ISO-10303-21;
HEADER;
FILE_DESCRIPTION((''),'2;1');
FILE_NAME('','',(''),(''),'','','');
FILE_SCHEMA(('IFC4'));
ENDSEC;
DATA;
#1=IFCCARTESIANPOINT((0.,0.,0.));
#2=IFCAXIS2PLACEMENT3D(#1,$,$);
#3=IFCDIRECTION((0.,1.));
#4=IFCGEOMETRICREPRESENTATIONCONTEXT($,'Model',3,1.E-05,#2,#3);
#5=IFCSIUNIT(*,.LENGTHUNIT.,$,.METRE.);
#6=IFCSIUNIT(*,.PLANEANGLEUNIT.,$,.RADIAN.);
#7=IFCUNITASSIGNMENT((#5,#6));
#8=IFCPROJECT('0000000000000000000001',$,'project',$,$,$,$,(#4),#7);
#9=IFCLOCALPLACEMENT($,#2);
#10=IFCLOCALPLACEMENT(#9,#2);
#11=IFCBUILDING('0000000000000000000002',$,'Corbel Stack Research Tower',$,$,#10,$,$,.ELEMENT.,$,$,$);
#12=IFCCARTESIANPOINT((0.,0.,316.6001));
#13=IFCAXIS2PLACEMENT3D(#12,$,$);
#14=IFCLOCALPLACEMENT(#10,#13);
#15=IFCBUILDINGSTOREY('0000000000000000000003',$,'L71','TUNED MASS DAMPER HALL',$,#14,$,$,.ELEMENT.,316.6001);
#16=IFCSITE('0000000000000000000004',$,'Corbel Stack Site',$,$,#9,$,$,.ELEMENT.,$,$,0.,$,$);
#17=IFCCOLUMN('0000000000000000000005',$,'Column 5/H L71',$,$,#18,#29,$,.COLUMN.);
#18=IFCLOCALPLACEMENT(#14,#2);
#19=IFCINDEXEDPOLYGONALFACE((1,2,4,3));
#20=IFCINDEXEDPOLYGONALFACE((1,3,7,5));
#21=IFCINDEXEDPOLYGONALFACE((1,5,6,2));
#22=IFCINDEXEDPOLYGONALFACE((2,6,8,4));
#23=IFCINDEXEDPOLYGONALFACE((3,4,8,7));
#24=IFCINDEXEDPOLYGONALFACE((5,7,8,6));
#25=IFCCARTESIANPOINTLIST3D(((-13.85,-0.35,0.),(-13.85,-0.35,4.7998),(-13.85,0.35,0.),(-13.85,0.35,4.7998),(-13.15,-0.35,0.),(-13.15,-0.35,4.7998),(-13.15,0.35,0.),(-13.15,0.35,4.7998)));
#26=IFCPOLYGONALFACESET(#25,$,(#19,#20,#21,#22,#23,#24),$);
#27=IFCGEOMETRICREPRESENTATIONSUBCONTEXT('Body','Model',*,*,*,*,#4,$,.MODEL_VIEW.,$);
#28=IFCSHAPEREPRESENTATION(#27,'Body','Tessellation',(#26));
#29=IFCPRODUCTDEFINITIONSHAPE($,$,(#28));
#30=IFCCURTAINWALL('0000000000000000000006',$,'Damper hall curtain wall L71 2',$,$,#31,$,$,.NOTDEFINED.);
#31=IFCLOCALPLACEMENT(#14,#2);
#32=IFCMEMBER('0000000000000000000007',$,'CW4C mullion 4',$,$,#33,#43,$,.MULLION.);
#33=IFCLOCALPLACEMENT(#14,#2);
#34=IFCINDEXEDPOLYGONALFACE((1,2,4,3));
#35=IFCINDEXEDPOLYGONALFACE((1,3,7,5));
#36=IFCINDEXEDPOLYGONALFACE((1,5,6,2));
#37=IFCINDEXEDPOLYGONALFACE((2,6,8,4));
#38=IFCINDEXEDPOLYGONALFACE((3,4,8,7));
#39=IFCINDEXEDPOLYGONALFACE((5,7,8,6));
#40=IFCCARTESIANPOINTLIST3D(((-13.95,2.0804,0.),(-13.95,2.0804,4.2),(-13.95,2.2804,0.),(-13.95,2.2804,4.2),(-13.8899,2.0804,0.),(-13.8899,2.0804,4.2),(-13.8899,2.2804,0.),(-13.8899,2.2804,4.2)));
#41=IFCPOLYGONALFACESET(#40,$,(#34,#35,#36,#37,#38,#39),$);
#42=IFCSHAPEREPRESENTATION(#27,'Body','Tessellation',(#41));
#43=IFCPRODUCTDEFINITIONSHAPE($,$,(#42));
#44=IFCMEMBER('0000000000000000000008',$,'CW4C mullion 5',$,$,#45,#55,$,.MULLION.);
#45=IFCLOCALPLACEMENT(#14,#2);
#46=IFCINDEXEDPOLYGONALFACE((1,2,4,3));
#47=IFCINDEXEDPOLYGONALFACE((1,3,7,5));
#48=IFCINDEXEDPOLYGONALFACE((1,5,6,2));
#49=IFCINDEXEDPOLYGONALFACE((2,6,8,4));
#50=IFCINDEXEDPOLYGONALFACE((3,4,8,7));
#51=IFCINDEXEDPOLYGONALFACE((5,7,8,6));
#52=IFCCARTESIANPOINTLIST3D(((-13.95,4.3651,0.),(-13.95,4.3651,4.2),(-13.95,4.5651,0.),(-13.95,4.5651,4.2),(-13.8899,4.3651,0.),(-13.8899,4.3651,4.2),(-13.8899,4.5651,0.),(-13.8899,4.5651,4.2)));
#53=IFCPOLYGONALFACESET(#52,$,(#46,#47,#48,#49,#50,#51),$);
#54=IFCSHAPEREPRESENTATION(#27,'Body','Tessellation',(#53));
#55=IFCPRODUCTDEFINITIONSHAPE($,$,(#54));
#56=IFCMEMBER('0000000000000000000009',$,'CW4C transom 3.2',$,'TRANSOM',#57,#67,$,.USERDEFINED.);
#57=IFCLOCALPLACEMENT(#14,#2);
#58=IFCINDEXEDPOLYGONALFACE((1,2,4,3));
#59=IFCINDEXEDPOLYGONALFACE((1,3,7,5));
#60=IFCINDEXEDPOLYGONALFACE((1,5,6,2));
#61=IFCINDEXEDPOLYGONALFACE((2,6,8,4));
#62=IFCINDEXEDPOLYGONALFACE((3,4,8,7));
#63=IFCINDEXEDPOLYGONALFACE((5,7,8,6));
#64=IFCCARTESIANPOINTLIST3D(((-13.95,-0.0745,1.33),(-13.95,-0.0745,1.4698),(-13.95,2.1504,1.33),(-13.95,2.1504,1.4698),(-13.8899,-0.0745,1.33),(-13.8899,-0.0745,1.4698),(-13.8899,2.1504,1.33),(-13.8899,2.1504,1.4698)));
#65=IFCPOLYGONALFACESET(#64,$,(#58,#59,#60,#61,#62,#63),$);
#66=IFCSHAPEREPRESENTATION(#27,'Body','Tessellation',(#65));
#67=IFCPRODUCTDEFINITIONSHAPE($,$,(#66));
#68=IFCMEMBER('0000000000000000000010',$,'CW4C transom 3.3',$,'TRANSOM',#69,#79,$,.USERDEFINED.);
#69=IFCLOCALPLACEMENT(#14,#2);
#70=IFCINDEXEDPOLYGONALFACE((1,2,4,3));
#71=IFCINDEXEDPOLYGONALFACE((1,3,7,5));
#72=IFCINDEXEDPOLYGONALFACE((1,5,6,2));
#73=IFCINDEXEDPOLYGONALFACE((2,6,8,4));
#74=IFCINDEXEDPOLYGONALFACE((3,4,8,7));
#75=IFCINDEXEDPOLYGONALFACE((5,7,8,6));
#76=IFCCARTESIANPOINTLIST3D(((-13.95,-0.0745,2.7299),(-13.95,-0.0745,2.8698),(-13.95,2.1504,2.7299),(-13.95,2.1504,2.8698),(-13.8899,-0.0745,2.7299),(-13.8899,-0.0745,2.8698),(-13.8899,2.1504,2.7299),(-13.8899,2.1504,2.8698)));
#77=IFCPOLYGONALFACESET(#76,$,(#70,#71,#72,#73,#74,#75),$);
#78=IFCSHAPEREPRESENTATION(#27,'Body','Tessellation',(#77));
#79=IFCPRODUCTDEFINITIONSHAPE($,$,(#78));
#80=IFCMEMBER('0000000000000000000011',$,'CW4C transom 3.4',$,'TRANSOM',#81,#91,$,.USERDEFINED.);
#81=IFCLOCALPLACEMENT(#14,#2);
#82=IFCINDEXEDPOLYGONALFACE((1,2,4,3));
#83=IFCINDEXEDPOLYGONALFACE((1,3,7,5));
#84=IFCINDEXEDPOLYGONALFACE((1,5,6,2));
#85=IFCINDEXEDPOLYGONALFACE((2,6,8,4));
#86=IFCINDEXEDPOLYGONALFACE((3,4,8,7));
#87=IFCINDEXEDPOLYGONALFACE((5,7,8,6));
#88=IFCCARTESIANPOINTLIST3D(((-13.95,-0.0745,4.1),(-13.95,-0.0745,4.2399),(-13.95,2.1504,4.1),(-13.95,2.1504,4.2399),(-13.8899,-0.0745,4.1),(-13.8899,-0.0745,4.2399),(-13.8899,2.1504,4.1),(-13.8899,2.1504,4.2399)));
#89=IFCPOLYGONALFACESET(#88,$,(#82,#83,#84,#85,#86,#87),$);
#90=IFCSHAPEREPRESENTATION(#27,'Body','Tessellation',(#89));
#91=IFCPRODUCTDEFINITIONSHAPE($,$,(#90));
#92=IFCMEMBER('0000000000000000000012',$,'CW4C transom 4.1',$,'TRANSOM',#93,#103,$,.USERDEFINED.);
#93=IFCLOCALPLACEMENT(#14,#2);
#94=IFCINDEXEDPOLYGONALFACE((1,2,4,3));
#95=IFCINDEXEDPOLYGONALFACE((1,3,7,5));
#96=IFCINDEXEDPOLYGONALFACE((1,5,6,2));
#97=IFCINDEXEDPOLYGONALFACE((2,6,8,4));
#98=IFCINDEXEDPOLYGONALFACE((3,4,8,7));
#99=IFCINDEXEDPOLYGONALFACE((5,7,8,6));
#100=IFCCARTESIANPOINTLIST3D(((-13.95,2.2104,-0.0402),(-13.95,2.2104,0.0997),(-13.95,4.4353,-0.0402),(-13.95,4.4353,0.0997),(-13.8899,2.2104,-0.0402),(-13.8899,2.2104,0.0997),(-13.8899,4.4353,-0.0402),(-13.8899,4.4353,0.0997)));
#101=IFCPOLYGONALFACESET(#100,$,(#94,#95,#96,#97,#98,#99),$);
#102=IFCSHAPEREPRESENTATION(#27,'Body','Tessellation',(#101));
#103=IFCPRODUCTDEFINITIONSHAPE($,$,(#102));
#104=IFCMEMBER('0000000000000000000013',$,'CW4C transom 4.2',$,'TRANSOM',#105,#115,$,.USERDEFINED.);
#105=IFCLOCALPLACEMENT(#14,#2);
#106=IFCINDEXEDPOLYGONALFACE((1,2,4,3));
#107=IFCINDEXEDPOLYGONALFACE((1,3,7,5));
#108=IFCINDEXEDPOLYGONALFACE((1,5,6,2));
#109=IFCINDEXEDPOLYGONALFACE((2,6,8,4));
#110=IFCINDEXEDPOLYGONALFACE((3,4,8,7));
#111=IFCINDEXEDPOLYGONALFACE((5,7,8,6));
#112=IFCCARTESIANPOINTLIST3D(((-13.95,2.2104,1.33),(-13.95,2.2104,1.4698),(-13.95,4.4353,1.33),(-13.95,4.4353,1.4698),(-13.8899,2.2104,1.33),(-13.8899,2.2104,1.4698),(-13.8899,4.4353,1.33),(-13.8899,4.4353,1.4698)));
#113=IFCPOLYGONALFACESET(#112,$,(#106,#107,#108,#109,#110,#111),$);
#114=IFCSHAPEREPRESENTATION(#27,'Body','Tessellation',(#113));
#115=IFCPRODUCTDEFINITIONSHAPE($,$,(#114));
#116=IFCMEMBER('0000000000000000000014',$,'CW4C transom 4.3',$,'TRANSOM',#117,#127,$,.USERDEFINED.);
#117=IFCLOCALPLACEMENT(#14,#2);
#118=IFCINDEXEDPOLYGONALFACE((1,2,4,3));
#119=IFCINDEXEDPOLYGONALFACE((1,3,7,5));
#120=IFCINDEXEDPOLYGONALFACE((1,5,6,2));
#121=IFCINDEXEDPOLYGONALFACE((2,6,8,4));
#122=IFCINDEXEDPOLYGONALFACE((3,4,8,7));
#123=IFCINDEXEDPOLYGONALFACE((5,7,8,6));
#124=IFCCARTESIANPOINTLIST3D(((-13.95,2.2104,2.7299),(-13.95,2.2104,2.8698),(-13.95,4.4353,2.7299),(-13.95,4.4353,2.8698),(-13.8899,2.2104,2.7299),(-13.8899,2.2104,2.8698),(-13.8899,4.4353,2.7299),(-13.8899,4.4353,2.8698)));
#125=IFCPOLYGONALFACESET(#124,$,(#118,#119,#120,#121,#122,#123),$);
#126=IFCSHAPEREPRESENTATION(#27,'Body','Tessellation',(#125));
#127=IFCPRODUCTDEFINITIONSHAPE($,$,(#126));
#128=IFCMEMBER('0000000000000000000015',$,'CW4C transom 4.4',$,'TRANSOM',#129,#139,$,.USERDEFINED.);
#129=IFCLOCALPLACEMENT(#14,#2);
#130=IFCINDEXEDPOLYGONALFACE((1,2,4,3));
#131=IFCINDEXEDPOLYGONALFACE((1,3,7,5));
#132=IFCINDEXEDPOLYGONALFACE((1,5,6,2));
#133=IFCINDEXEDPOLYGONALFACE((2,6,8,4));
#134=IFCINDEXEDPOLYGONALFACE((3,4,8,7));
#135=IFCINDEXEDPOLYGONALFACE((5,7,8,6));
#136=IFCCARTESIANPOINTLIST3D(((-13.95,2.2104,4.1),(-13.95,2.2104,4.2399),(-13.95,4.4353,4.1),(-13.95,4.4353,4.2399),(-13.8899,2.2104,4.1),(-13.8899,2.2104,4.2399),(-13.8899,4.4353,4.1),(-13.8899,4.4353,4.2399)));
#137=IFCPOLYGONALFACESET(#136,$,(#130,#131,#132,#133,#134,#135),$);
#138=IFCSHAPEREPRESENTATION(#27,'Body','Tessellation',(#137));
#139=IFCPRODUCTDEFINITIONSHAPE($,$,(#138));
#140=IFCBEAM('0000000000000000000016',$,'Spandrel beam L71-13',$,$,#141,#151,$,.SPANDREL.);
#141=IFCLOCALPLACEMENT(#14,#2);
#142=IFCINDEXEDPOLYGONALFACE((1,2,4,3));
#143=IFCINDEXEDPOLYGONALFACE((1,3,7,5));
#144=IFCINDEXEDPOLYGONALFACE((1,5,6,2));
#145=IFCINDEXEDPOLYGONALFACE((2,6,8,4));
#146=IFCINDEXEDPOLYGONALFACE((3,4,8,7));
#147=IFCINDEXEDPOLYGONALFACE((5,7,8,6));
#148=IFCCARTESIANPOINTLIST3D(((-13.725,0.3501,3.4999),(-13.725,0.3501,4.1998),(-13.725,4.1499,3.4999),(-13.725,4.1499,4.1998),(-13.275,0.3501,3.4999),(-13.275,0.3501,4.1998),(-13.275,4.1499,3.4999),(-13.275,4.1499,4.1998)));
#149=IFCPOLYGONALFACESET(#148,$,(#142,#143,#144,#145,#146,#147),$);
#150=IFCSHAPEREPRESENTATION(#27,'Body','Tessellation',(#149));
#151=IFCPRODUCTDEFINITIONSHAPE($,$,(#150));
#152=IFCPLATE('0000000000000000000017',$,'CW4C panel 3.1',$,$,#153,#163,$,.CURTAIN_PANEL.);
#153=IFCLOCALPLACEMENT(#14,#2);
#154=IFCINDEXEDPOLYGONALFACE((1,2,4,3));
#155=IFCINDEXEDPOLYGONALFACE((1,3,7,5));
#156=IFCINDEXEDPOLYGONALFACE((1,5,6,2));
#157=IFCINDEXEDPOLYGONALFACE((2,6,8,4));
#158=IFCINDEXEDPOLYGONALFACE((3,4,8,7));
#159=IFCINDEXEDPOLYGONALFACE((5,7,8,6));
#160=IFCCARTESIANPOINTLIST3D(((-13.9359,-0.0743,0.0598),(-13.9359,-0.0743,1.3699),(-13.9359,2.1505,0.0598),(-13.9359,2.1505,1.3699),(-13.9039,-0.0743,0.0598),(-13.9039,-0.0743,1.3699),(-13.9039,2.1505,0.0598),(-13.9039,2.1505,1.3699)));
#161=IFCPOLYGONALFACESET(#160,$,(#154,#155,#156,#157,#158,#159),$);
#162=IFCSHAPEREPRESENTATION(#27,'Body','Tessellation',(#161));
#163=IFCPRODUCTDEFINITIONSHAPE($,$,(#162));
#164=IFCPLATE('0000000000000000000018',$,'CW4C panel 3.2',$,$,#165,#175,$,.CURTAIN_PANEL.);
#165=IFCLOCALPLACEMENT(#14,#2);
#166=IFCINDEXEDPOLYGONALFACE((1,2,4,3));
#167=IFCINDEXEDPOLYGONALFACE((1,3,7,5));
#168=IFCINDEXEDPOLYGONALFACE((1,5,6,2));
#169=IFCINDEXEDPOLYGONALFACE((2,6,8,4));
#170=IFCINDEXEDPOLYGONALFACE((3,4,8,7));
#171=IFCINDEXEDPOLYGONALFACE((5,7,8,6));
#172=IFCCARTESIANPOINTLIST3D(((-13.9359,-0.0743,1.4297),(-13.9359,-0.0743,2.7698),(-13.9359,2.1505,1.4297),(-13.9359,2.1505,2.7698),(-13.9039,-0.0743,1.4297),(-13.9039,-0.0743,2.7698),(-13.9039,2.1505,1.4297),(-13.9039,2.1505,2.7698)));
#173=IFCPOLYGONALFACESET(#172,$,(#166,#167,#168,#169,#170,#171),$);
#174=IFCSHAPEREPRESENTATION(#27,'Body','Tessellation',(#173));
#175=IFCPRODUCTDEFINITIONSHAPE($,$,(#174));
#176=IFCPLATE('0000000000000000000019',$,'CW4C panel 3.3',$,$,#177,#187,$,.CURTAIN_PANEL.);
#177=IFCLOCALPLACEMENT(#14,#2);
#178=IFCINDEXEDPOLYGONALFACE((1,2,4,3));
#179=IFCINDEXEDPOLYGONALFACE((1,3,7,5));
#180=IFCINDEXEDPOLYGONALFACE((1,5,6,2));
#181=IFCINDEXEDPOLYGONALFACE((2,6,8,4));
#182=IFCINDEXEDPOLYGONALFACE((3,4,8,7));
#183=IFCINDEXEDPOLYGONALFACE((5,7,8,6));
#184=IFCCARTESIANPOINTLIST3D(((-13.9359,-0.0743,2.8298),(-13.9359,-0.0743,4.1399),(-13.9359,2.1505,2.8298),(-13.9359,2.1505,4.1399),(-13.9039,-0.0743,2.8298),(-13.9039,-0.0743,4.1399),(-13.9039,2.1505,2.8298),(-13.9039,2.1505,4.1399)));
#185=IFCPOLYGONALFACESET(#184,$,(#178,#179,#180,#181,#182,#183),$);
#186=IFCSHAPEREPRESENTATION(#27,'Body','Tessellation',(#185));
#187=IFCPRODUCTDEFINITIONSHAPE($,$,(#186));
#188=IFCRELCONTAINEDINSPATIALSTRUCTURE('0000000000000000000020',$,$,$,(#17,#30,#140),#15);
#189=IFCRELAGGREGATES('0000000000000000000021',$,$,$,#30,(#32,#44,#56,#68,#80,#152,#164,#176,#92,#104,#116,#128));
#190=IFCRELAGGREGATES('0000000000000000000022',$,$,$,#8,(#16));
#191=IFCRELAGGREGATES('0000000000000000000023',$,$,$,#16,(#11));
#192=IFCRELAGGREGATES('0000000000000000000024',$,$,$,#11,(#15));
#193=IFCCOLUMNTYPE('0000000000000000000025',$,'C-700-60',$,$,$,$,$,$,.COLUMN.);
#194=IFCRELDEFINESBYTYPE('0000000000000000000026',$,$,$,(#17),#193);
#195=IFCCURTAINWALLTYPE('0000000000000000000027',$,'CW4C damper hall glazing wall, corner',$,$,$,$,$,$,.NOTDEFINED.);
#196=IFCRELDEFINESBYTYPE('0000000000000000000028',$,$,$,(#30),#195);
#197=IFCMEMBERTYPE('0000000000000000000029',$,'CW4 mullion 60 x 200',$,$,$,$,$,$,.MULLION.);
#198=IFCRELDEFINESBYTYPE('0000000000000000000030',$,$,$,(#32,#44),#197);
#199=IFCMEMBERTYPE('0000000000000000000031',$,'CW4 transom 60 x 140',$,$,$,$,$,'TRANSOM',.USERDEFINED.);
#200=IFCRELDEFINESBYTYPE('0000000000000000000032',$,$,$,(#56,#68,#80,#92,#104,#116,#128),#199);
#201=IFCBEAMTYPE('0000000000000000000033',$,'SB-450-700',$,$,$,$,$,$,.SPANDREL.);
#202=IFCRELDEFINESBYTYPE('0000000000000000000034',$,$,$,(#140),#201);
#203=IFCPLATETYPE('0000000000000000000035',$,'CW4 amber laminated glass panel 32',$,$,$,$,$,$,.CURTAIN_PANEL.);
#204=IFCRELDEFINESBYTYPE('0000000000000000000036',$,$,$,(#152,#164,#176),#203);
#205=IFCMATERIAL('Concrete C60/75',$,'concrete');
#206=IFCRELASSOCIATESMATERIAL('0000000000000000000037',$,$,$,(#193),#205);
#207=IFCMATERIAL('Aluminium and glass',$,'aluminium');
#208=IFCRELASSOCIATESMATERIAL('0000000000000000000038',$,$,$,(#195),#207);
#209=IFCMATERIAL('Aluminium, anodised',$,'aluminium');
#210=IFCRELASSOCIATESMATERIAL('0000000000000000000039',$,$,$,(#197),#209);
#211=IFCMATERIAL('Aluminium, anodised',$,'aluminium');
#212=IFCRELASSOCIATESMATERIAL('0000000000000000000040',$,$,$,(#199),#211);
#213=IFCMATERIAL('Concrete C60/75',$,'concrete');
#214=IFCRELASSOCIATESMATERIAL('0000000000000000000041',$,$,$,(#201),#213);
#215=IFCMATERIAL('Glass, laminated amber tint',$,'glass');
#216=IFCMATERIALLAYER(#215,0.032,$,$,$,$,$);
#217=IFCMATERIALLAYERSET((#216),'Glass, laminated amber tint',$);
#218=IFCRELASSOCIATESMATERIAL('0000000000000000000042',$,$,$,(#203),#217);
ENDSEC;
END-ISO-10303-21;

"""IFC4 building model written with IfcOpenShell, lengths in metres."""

from ifc_helpers import new_model, si_unit, direction, frame, origin, origin_2d, place, context, subcontext, project, spatial, rectangle, extrude, material, layer, layer_set, material_profile, profile_set, type_object, element, aggregate, save


model = new_model("IFC4")

# Units and contexts
model_context = context("Model", 3, precision=1e-05, world=origin(), true_north=direction((0.0, 1.0)))
body_context = subcontext(model_context, "Body", "Model", "MODEL_VIEW")
ifc_project = project(units=[si_unit("LENGTHUNIT", "METRE"), si_unit("PLANEANGLEUNIT", "RADIAN")], contexts=[model_context])

# Site, building, storey
site_placement = place(None, origin())
site = spatial("IfcSite", under=ifc_project, at=site_placement, Name="Corbel Stack Site", CompositionType="ELEMENT", RefElevation=0.0)
building_placement = place(site_placement, origin())
building = spatial("IfcBuilding", under=site, at=building_placement, Name="Corbel Stack Research Tower", CompositionType="ELEMENT")
storey_placement = place(building_placement, frame((0.0, 0.0, 316.6001)))
storey = spatial("IfcBuildingStorey", under=building, at=storey_placement, Name="L71", Description="TUNED MASS DAMPER HALL", CompositionType="ELEMENT", Elevation=316.6001)

# Column
ifc_material_1 = material(Name="Concrete C60/75", Category="concrete")
ifc_material_profile_1 = material_profile(ifc_material_1, rectangle(XDim=0.7, YDim=0.7, at=origin_2d()), Name="RC 700 x 700")
ifc_profile_set_1 = profile_set([ifc_material_profile_1], Name="Concrete C60/75")
column_type = type_object("IfcColumnType", Name="C-700-60", PredefinedType="COLUMN", material=ifc_profile_set_1)
column_placement = place(storey_placement, frame((-13.5, 0.0, 0.0), z_axis=(0.0, 0.0, 1.0), x_axis=(1.0, 0.0, 0.0)))
element("IfcColumn", 1, at=column_placement, inside=storey, type_object=column_type, Name="Column 5/H L71", PredefinedType="COLUMN", context=body_context, shape_type="SweptSolid", body=[
    extrude(rectangle(XDim=0.7, YDim=0.7, at=origin_2d()), origin(), (0.0, 0.0, 1.0), 4.7998),
])

# Curtain wall, members
ifc_material_2 = material(Name="Aluminium and glass", Category="aluminium")
curtain_wall_type = type_object("IfcCurtainWallType", Name="CW4C damper hall glazing wall, corner", PredefinedType="NOTDEFINED", material=ifc_material_2)
curtain_wall_placement = place(storey_placement, origin())
curtain_wall = element("IfcCurtainWall", 2, at=curtain_wall_placement, inside=storey, type_object=curtain_wall_type, Name="Damper hall curtain wall L71 2", PredefinedType="NOTDEFINED")
ifc_material_3 = material(Name="Aluminium, anodised", Category="aluminium")
ifc_material_profile_2 = material_profile(ifc_material_3, rectangle(XDim=0.0601, YDim=0.2, at=origin_2d()), Name="CW4 mullion 60 x 200")
ifc_profile_set_2 = profile_set([ifc_material_profile_2], Name="Aluminium, anodised")
member_type_1 = type_object("IfcMemberType", Name="CW4 mullion 60 x 200", PredefinedType="MULLION", material=ifc_profile_set_2)
member_1_placement = place(storey_placement, frame((-13.9199, 2.1804, 0.0), z_axis=(0.0, 0.0, 1.0), x_axis=(-1.0, 0.0, 0.0)))
member_1 = element("IfcMember", 3, at=member_1_placement, type_object=member_type_1, Name="CW4C mullion 4", PredefinedType="MULLION", context=body_context, shape_type="SweptSolid", body=[
    extrude(rectangle(XDim=0.0601, YDim=0.2, at=origin_2d()), origin(), (0.0, 0.0, 1.0), 4.2),
])
member_2_placement = place(storey_placement, frame((-13.9199, 4.4651, 0.0), z_axis=(0.0, 0.0, 1.0), x_axis=(-1.0, 0.0, 0.0)))
member_2 = element("IfcMember", 4, at=member_2_placement, type_object=member_type_1, Name="CW4C mullion 5", PredefinedType="MULLION", context=body_context, shape_type="SweptSolid", body=[
    extrude(rectangle(XDim=0.0601, YDim=0.2, at=origin_2d()), origin(), (0.0, 0.0, 1.0), 4.2),
])
ifc_material_4 = material(Name="Aluminium, anodised", Category="aluminium")
ifc_material_profile_3 = material_profile(ifc_material_4, rectangle(XDim=0.0601, YDim=0.1399, at=origin_2d()), Name="CW4 transom 60 x 140")
ifc_profile_set_3 = profile_set([ifc_material_profile_3], Name="Aluminium, anodised")
member_type_2 = type_object("IfcMemberType", Name="CW4 transom 60 x 140", ElementType="TRANSOM", PredefinedType="USERDEFINED", material=ifc_profile_set_3)
member_3_placement = place(storey_placement, frame((-13.9199, -0.0745, 1.3999), z_axis=(0.0, 1.0, 0.0), x_axis=(-1.0, 0.0, 0.0)))
member_3 = element("IfcMember", 5, at=member_3_placement, type_object=member_type_2, Name="CW4C transom 3.2", ObjectType="TRANSOM", PredefinedType="USERDEFINED", context=body_context, shape_type="SweptSolid", body=[
    extrude(rectangle(XDim=0.0601, YDim=0.1399, at=origin_2d()), origin(), (0.0, 0.0, 1.0), 2.2249),
])
member_4_placement = place(storey_placement, frame((-13.9199, -0.0745, 2.7998), z_axis=(0.0, 1.0, 0.0), x_axis=(-1.0, 0.0, 0.0)))
member_4 = element("IfcMember", 6, at=member_4_placement, type_object=member_type_2, Name="CW4C transom 3.3", ObjectType="TRANSOM", PredefinedType="USERDEFINED", context=body_context, shape_type="SweptSolid", body=[
    extrude(rectangle(XDim=0.0601, YDim=0.1399, at=origin_2d()), origin(), (0.0, 0.0, 1.0), 2.2249),
])
member_5_placement = place(storey_placement, frame((-13.9199, -0.0745, 4.1699), z_axis=(0.0, 1.0, 0.0), x_axis=(-1.0, 0.0, 0.0)))
member_5 = element("IfcMember", 7, at=member_5_placement, type_object=member_type_2, Name="CW4C transom 3.4", ObjectType="TRANSOM", PredefinedType="USERDEFINED", context=body_context, shape_type="SweptSolid", body=[
    extrude(rectangle(XDim=0.0601, YDim=0.1399, at=origin_2d()), origin(), (0.0, 0.0, 1.0), 2.2249),
])
member_6_placement = place(storey_placement, frame((-13.9199, 2.2104, 0.0298), z_axis=(0.0, 1.0, 0.0), x_axis=(-1.0, 0.0, 0.0)))
member_6 = element("IfcMember", 8, at=member_6_placement, type_object=member_type_2, Name="CW4C transom 4.1", ObjectType="TRANSOM", PredefinedType="USERDEFINED", context=body_context, shape_type="SweptSolid", body=[
    extrude(rectangle(XDim=0.0601, YDim=0.1399, at=origin_2d()), origin(), (0.0, 0.0, 1.0), 2.2249),
])
member_7_placement = place(storey_placement, frame((-13.9199, 2.2104, 1.3999), z_axis=(0.0, 1.0, 0.0), x_axis=(-1.0, 0.0, 0.0)))
member_7 = element("IfcMember", 9, at=member_7_placement, type_object=member_type_2, Name="CW4C transom 4.2", ObjectType="TRANSOM", PredefinedType="USERDEFINED", context=body_context, shape_type="SweptSolid", body=[
    extrude(rectangle(XDim=0.0601, YDim=0.1399, at=origin_2d()), origin(), (0.0, 0.0, 1.0), 2.2249),
])
member_8_placement = place(storey_placement, frame((-13.9199, 2.2104, 2.7998), z_axis=(0.0, 1.0, 0.0), x_axis=(-1.0, 0.0, 0.0)))
member_8 = element("IfcMember", 10, at=member_8_placement, type_object=member_type_2, Name="CW4C transom 4.3", ObjectType="TRANSOM", PredefinedType="USERDEFINED", context=body_context, shape_type="SweptSolid", body=[
    extrude(rectangle(XDim=0.0601, YDim=0.1399, at=origin_2d()), origin(), (0.0, 0.0, 1.0), 2.2249),
])
member_9_placement = place(storey_placement, frame((-13.9199, 2.2104, 4.1699), z_axis=(0.0, 1.0, 0.0), x_axis=(-1.0, 0.0, 0.0)))
member_9 = element("IfcMember", 11, at=member_9_placement, type_object=member_type_2, Name="CW4C transom 4.4", ObjectType="TRANSOM", PredefinedType="USERDEFINED", context=body_context, shape_type="SweptSolid", body=[
    extrude(rectangle(XDim=0.0601, YDim=0.1399, at=origin_2d()), origin(), (0.0, 0.0, 1.0), 2.2249),
])

# Beam
ifc_material_5 = material(Name="Concrete C60/75", Category="concrete")
ifc_material_profile_4 = material_profile(ifc_material_5, rectangle(XDim=0.45, YDim=0.7, at=origin_2d()), Name="RC 450 x 700")
ifc_profile_set_4 = profile_set([ifc_material_profile_4], Name="Concrete C60/75")
beam_type = type_object("IfcBeamType", Name="SB-450-700", PredefinedType="SPANDREL", material=ifc_profile_set_4)
beam_placement = place(storey_placement, frame((-13.5, 4.1499, 3.8499), z_axis=(0.0, -1.0, 0.0), x_axis=(1.0, 0.0, 0.0)))
element("IfcBeam", 12, at=beam_placement, inside=storey, type_object=beam_type, Name="Spandrel beam L71-13", PredefinedType="SPANDREL", context=body_context, shape_type="SweptSolid", body=[
    extrude(rectangle(XDim=0.45, YDim=0.7, at=origin_2d()), origin(), (0.0, 0.0, 1.0), 3.7998),
])

# Plates
ifc_material_6 = material(Name="Glass, laminated amber tint", Category="glass")
ifc_layer_1 = layer(ifc_material_6, 0.032)
ifc_layer_set_1 = layer_set([ifc_layer_1], Name="Glass, laminated amber tint")
plate_type = type_object("IfcPlateType", Name="CW4 amber laminated glass panel 32", PredefinedType="CURTAIN_PANEL", material=ifc_layer_set_1)
plate_1_placement = place(storey_placement, frame((-13.9199, 1.0381, 0.0598), z_axis=(0.0, 0.0, 1.0), x_axis=(0.0, 1.0, 0.0)))
plate_1 = element("IfcPlate", 13, at=plate_1_placement, type_object=plate_type, Name="CW4C panel 3.1", PredefinedType="CURTAIN_PANEL", context=body_context, shape_type="SweptSolid", body=[
    extrude(rectangle(XDim=2.2249, YDim=0.032, at=origin_2d()), origin(), (0.0, 0.0, 1.0), 1.3101),
])
plate_2_placement = place(storey_placement, frame((-13.9199, 1.0381, 1.4297), z_axis=(0.0, 0.0, 1.0), x_axis=(0.0, 1.0, 0.0)))
plate_2 = element("IfcPlate", 14, at=plate_2_placement, type_object=plate_type, Name="CW4C panel 3.2", PredefinedType="CURTAIN_PANEL", context=body_context, shape_type="SweptSolid", body=[
    extrude(rectangle(XDim=2.2249, YDim=0.032, at=origin_2d()), origin(), (0.0, 0.0, 1.0), 1.3401),
])
plate_3_placement = place(storey_placement, frame((-13.9199, 1.0381, 2.8298), z_axis=(0.0, 0.0, 1.0), x_axis=(0.0, 1.0, 0.0)))
plate_3 = element("IfcPlate", 15, at=plate_3_placement, type_object=plate_type, Name="CW4C panel 3.3", PredefinedType="CURTAIN_PANEL", context=body_context, shape_type="SweptSolid", body=[
    extrude(rectangle(XDim=2.2249, YDim=0.032, at=origin_2d()), origin(), (0.0, 0.0, 1.0), 1.3101),
])
aggregate(curtain_wall, [member_1, member_2, member_3, member_4, member_5, plate_1, plate_2, plate_3, member_6, member_7, member_8, member_9])

save(model, "model.ifc")
